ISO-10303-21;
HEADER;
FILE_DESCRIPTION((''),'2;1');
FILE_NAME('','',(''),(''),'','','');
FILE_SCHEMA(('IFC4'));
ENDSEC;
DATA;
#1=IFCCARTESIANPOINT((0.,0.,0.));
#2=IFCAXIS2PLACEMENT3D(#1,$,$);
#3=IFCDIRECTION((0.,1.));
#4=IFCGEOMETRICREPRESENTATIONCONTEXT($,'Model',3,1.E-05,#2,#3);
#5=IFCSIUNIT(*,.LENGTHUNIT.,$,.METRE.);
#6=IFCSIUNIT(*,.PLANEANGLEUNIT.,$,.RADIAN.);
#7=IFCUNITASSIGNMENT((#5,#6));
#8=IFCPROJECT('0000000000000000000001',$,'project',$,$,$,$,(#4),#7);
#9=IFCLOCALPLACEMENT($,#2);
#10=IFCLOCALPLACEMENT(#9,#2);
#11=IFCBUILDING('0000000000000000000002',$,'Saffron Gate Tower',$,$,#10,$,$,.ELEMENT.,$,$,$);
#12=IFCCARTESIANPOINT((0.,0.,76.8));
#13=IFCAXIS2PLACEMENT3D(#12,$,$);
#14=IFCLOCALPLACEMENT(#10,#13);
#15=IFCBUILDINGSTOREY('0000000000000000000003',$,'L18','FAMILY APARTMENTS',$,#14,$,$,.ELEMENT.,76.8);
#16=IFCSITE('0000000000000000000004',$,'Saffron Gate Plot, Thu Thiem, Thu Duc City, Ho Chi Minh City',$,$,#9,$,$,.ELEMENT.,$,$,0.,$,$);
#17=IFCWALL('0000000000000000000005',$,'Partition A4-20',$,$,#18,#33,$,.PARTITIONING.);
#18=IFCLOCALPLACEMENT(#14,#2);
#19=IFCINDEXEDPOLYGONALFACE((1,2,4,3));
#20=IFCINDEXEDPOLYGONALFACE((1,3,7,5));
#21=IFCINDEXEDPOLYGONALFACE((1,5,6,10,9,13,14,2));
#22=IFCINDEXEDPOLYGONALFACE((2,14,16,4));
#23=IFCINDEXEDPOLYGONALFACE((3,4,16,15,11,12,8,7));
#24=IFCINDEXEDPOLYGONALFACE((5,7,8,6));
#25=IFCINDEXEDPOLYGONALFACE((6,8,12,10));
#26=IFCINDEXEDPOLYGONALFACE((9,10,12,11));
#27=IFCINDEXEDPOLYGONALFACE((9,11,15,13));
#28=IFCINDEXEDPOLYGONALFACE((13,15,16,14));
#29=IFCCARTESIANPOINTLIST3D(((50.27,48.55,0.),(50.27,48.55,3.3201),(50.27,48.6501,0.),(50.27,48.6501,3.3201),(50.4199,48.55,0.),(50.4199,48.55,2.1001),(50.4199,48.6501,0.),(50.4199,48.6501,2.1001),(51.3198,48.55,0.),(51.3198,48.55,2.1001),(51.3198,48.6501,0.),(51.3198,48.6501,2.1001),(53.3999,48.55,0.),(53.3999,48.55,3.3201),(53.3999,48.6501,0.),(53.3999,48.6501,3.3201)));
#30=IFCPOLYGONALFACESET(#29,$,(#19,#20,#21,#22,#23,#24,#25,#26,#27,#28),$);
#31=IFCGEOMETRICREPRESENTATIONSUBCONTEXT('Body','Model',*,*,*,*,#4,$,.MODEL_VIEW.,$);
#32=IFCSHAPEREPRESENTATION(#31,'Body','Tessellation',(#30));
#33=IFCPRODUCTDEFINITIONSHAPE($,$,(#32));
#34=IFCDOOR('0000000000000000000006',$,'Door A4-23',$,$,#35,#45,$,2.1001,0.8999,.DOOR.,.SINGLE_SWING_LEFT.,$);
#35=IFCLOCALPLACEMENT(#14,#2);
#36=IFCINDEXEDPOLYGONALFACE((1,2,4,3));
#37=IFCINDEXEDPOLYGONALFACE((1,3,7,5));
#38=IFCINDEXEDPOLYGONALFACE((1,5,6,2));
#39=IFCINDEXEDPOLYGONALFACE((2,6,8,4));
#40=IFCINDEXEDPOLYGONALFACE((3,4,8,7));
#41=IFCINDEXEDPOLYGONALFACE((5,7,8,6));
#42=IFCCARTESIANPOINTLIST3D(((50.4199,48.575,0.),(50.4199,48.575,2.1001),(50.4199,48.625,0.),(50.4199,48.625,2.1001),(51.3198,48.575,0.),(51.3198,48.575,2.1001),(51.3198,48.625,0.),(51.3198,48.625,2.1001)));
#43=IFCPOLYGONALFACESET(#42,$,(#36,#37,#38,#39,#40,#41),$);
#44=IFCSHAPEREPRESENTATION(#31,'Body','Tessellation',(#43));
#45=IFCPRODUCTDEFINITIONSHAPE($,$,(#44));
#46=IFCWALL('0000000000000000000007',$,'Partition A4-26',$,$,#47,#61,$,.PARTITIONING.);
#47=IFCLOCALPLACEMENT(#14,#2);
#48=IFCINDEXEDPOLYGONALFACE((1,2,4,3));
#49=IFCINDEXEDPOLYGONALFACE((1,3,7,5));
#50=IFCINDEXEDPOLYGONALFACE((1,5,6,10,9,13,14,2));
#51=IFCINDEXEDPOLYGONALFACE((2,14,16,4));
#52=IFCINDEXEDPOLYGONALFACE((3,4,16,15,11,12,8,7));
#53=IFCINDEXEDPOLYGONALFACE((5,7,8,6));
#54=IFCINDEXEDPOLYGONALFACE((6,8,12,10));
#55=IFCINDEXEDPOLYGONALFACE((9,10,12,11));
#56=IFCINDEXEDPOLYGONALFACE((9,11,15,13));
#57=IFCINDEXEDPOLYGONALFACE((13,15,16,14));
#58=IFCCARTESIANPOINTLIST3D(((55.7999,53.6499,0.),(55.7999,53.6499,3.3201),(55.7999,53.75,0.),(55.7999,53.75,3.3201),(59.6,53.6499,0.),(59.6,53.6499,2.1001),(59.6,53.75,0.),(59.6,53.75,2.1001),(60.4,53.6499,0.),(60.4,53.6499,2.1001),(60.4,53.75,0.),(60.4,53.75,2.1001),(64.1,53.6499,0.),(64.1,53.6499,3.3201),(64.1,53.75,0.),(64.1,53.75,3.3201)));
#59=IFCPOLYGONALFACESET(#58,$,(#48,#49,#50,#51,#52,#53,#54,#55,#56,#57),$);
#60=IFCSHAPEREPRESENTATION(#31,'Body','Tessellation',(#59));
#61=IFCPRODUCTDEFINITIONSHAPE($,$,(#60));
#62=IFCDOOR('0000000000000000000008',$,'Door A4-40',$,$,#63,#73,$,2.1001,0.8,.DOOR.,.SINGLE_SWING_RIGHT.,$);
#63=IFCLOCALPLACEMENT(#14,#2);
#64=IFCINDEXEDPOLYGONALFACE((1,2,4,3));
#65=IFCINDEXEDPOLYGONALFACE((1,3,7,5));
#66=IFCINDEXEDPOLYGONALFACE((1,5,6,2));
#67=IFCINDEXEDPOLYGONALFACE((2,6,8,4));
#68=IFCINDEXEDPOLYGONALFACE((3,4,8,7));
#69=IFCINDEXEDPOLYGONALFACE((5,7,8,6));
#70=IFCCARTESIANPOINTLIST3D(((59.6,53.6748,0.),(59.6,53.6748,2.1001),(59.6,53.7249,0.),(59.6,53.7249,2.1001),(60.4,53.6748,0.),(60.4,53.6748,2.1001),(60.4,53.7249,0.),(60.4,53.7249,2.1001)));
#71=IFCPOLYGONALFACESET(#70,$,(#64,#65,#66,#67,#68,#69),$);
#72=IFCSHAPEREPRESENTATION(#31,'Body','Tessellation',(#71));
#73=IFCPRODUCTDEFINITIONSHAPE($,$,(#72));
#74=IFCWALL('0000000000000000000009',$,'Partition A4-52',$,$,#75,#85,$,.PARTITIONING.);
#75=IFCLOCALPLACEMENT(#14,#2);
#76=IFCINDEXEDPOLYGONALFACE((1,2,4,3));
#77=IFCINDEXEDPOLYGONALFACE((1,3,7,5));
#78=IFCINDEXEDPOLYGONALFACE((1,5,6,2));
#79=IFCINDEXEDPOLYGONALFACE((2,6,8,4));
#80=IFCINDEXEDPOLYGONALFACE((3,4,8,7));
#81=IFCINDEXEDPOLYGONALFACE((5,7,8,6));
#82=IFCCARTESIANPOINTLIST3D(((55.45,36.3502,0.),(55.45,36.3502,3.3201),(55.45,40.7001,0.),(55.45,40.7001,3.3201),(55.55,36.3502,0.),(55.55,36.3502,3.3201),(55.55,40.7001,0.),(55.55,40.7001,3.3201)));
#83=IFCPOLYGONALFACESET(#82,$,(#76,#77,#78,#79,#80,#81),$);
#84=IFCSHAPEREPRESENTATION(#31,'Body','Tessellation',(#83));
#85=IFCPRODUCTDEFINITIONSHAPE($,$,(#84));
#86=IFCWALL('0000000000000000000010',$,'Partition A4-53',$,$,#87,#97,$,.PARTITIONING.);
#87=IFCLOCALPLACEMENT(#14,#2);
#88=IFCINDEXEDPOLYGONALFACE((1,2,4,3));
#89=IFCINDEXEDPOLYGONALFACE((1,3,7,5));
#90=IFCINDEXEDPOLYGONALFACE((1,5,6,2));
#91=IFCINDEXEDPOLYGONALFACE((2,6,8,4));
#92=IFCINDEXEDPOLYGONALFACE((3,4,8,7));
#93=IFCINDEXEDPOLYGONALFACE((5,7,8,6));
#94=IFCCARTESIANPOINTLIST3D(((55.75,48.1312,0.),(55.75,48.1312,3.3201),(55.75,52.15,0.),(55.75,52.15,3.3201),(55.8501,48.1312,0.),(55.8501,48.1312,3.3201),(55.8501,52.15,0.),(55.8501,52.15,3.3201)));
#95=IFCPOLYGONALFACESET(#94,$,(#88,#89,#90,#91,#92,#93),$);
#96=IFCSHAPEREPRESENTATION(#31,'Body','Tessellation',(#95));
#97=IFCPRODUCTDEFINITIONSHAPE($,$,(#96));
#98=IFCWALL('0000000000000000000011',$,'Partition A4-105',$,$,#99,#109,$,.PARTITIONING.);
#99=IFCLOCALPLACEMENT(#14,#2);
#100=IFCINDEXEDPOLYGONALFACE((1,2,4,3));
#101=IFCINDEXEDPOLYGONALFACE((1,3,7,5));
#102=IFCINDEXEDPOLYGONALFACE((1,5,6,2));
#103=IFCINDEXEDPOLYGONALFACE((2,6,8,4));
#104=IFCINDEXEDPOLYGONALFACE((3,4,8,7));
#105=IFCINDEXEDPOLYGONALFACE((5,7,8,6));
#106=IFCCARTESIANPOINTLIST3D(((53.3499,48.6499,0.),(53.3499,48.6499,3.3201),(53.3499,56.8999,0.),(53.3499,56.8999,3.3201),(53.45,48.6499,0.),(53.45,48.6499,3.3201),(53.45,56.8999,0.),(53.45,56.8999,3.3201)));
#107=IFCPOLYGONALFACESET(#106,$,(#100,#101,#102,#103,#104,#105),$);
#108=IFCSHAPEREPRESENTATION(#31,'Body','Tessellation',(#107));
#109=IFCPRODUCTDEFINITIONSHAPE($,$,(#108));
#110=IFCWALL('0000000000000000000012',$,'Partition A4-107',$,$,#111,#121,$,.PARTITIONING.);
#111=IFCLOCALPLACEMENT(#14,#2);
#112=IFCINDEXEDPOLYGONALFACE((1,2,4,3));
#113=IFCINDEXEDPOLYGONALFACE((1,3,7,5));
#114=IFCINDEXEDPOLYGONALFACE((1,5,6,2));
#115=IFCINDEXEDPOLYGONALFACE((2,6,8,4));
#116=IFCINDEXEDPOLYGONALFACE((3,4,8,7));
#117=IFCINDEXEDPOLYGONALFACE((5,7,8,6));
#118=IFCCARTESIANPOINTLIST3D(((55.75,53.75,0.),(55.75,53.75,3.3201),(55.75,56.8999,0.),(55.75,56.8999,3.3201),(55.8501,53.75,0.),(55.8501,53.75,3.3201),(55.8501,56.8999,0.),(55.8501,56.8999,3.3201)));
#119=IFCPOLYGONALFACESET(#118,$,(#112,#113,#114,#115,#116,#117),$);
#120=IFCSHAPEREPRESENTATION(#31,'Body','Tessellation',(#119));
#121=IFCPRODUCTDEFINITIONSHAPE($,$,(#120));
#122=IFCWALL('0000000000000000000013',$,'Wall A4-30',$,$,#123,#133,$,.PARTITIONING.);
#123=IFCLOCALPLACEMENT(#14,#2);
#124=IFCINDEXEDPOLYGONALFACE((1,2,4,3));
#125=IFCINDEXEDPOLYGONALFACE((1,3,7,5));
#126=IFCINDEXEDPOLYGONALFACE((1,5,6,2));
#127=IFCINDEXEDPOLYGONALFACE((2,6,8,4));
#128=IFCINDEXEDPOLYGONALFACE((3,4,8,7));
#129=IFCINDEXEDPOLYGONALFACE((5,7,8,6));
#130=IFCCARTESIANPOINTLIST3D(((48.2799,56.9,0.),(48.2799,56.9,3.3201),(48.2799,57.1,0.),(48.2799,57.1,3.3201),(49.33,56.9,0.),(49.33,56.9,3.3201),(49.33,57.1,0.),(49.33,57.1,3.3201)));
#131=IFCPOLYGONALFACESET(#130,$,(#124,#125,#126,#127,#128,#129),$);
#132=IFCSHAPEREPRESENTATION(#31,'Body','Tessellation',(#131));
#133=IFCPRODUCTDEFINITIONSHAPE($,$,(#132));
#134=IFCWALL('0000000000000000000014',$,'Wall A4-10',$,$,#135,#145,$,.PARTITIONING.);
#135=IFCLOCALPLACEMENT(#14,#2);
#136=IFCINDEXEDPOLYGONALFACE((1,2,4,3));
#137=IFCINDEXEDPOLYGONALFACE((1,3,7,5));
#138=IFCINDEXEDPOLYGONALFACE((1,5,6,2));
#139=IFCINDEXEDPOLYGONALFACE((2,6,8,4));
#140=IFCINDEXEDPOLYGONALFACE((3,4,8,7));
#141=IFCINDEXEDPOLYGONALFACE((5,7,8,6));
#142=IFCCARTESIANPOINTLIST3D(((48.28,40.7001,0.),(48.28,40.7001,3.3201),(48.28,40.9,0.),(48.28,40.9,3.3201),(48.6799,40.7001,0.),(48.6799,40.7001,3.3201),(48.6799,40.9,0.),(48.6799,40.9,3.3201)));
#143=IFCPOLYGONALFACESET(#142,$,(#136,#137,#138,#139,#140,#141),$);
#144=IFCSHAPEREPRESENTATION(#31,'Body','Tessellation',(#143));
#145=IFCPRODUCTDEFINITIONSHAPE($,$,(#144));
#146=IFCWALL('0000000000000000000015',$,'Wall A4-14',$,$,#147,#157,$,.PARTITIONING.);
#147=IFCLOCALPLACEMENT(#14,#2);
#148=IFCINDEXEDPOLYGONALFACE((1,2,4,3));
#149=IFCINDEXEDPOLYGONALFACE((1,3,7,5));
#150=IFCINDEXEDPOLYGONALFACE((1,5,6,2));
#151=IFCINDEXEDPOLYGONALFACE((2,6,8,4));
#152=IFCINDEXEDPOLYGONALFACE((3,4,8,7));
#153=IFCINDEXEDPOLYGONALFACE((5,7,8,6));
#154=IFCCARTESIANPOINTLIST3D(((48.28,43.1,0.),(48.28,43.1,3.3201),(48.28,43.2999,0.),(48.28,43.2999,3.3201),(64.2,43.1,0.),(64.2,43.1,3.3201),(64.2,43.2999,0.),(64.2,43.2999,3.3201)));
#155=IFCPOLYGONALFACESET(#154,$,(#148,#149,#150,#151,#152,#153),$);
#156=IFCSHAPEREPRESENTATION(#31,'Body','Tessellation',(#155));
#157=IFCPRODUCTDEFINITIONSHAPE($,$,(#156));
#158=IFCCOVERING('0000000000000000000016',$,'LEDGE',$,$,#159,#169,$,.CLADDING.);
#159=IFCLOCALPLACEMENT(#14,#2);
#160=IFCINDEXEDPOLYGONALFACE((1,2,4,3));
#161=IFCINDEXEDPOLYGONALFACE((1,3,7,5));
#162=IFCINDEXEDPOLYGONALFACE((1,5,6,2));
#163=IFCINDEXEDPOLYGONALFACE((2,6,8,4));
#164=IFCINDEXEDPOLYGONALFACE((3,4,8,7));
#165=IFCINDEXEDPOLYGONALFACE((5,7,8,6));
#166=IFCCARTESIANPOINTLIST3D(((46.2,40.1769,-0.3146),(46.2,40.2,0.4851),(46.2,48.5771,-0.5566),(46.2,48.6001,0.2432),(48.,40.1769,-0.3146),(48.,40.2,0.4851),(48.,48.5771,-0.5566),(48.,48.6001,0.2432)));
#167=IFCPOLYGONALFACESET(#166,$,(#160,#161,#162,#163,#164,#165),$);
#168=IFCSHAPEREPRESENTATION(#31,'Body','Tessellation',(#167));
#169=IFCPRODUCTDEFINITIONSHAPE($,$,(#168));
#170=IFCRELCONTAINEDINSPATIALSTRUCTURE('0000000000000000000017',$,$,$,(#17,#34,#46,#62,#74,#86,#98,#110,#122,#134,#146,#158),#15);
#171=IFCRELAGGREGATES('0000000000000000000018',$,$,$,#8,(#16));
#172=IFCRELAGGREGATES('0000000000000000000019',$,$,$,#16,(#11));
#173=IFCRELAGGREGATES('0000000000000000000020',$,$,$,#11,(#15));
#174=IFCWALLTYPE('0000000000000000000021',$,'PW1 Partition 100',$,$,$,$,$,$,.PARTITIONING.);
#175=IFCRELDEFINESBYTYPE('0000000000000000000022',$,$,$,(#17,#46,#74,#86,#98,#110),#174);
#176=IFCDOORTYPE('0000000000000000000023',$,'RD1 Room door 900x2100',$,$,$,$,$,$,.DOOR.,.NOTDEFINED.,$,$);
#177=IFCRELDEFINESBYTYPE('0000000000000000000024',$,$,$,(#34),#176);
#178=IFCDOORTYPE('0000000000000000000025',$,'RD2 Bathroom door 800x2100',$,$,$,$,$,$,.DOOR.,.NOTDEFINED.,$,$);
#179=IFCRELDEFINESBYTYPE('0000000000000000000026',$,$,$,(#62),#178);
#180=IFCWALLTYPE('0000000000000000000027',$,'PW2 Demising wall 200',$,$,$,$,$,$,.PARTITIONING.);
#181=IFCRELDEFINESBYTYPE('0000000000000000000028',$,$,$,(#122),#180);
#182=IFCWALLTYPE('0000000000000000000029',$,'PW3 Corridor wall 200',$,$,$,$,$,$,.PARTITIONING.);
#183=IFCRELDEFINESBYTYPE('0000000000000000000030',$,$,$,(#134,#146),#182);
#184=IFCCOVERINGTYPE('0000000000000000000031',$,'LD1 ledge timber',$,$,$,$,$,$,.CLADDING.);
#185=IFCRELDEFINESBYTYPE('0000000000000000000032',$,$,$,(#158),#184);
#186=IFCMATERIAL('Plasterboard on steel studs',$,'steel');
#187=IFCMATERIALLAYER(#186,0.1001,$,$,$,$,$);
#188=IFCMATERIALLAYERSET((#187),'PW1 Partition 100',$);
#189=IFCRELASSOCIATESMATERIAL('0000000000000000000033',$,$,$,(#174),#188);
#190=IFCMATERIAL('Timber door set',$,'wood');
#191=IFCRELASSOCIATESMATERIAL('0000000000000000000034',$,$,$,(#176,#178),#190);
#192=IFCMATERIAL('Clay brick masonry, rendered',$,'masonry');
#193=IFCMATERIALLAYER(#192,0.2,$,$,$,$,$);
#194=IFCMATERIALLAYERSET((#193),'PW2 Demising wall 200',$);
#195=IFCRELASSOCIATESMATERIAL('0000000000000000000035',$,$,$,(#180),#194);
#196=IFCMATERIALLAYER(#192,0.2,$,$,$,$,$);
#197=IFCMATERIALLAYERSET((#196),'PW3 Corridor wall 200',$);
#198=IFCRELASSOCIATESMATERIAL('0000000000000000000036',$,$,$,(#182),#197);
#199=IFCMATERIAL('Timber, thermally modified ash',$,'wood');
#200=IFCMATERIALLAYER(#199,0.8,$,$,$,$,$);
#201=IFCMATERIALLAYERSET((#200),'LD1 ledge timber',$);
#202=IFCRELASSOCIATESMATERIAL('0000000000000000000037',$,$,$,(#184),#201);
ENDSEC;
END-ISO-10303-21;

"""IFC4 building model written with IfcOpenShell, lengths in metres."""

from ifc_helpers import new_model, si_unit, direction, frame, frame_2d, origin, place, context, subcontext, project, spatial, polyline, rectangle, outline, extrude, material, layer, layer_set, type_object, element, fill, save


model = new_model("IFC4")

# Units and contexts
model_context = context("Model", 3, precision=1e-05, world=origin(), true_north=direction((0.0, 1.0)))
body_context = subcontext(model_context, "Body", "Model", "MODEL_VIEW")
ifc_project = project(units=[si_unit("LENGTHUNIT", "METRE"), si_unit("PLANEANGLEUNIT", "RADIAN")], contexts=[model_context])

# Site, building, storey
site_placement = place(None, origin())
site = spatial("IfcSite", under=ifc_project, at=site_placement, Name="Saffron Gate Plot, Thu Thiem, Thu Duc City, Ho Chi Minh City", CompositionType="ELEMENT", RefElevation=0.0)
building_placement = place(site_placement, origin())
building = spatial("IfcBuilding", under=site, at=building_placement, Name="Saffron Gate Tower", CompositionType="ELEMENT")
storey_placement = place(building_placement, frame((0.0, 0.0, 76.8)))
storey = spatial("IfcBuildingStorey", under=building, at=storey_placement, Name="L18", Description="FAMILY APARTMENTS", CompositionType="ELEMENT", Elevation=76.8)

# Shared definitions
ifc_material_1 = material(Name="Plasterboard on steel studs", Category="steel")
ifc_layer_1 = layer(ifc_material_1, 0.1001)
ifc_layer_set_1 = layer_set([ifc_layer_1], Name="PW1 Partition 100")
wall_type_1 = type_object("IfcWallType", Name="PW1 Partition 100", PredefinedType="PARTITIONING", material=ifc_layer_set_1)

# Walls, openings, doors
wall_1_placement = place(storey_placement, frame((50.27, 48.6001, 0.0), z_axis=(0.0, 0.0, 1.0), x_axis=(1.0, 0.0, 0.0)))
wall_1 = element("IfcWall", 1, at=wall_1_placement, inside=storey, type_object=wall_type_1, Name="Partition A4-20", PredefinedType="PARTITIONING", context=body_context, shape_type="SweptSolid", body=[
    extrude(rectangle(XDim=3.1299, YDim=0.1001, at=frame_2d((1.5649, 0.0))), origin(), (0.0, 0.0, 1.0), 3.3201),
])
opening_1_placement = place(wall_1_placement, frame((0.1499, 0.0, 0.0)))
opening_1 = element("IfcOpeningElement", 2, at=opening_1_placement, cuts=wall_1, PredefinedType="OPENING", context=body_context, shape_type="SweptSolid", body=[
    extrude(rectangle(XDim=0.8999, YDim=2.1001, at=frame_2d((0.45, 1.05))), frame((0.0, 0.0601, 0.0), z_axis=(0.0, -1.0, 0.0), x_axis=(1.0, 0.0, 0.0)), (0.0, 0.0, 1.0), 0.1201),
])
ifc_material_2 = material(Name="Timber door set", Category="wood")
door_type_1 = type_object("IfcDoorType", Name="RD1 Room door 900x2100", OperationType="NOTDEFINED", PredefinedType="DOOR", material=ifc_material_2)
door_1_placement = place(opening_1_placement, origin())
door_1 = element("IfcDoor", 3, at=door_1_placement, inside=storey, type_object=door_type_1, Name="Door A4-23", OperationType="SINGLE_SWING_LEFT", OverallHeight=2.1001, OverallWidth=0.8999, PredefinedType="DOOR", context=body_context, shape_type="SweptSolid", body=[
    extrude(rectangle(XDim=0.8999, YDim=2.1001, at=frame_2d((0.45, 1.05))), frame((0.0, 0.0249, 0.0), z_axis=(0.0, -1.0, 0.0), x_axis=(1.0, 0.0, 0.0)), (0.0, 0.0, 1.0), 0.05),
])
fill(opening_1, door_1)
wall_2_placement = place(storey_placement, frame((55.8, 53.7, 0.0), z_axis=(0.0, 0.0, 1.0), x_axis=(1.0, 0.0, 0.0)))
wall_2 = element("IfcWall", 4, at=wall_2_placement, inside=storey, type_object=wall_type_1, Name="Partition A4-26", PredefinedType="PARTITIONING", context=body_context, shape_type="SweptSolid", body=[
    extrude(rectangle(XDim=8.3, YDim=0.1001, at=frame_2d((4.1499, 0.0))), origin(), (0.0, 0.0, 1.0), 3.3201),
])
opening_2_placement = place(wall_2_placement, frame((3.8, 0.0, 0.0)))
opening_2 = element("IfcOpeningElement", 5, at=opening_2_placement, cuts=wall_2, PredefinedType="OPENING", context=body_context, shape_type="SweptSolid", body=[
    extrude(rectangle(XDim=0.8, YDim=2.1001, at=frame_2d((0.3999, 1.05))), frame((0.0, 0.0601, 0.0), z_axis=(0.0, -1.0, 0.0), x_axis=(1.0, 0.0, 0.0)), (0.0, 0.0, 1.0), 0.1201),
])
door_type_2 = type_object("IfcDoorType", Name="RD2 Bathroom door 800x2100", OperationType="NOTDEFINED", PredefinedType="DOOR", material=ifc_material_2)
door_2_placement = place(opening_2_placement, origin())
door_2 = element("IfcDoor", 6, at=door_2_placement, inside=storey, type_object=door_type_2, Name="Door A4-40", OperationType="SINGLE_SWING_RIGHT", OverallHeight=2.1001, OverallWidth=0.8, PredefinedType="DOOR", context=body_context, shape_type="SweptSolid", body=[
    extrude(rectangle(XDim=0.8, YDim=2.1001, at=frame_2d((0.3999, 1.05))), frame((0.0, 0.0249, 0.0), z_axis=(0.0, -1.0, 0.0), x_axis=(1.0, 0.0, 0.0)), (0.0, 0.0, 1.0), 0.05),
])
fill(opening_2, door_2)

# Walls
wall_3_placement = place(storey_placement, frame((55.5, 40.7, 0.0), z_axis=(0.0, 0.0, 1.0), x_axis=(0.0, -1.0, 0.0)))
element("IfcWall", 7, at=wall_3_placement, inside=storey, type_object=wall_type_1, Name="Partition A4-52", PredefinedType="PARTITIONING", context=body_context, shape_type="SweptSolid", body=[
    extrude(rectangle(XDim=4.3499, YDim=0.1001, at=frame_2d((2.1748, 0.0))), origin(), (0.0, 0.0, 1.0), 3.3201),
])
wall_4_placement = place(storey_placement, frame((55.8, 52.1499, 0.0), z_axis=(0.0, 0.0, 1.0), x_axis=(0.0, -1.0, 0.0)))
element("IfcWall", 8, at=wall_4_placement, inside=storey, type_object=wall_type_1, Name="Partition A4-53", PredefinedType="PARTITIONING", context=body_context, shape_type="SweptSolid", body=[
    extrude(rectangle(XDim=4.0188, YDim=0.1001, at=frame_2d((2.0093, 0.0))), origin(), (0.0, 0.0, 1.0), 3.3201),
])
wall_5_placement = place(storey_placement, frame((53.3999, 56.8999, 0.0), z_axis=(0.0, 0.0, 1.0), x_axis=(0.0, -1.0, 0.0)))
element("IfcWall", 9, at=wall_5_placement, inside=storey, type_object=wall_type_1, Name="Partition A4-105", PredefinedType="PARTITIONING", context=body_context, shape_type="SweptSolid", body=[
    extrude(rectangle(XDim=8.25, YDim=0.1001, at=frame_2d((4.125, 0.0))), origin(), (0.0, 0.0, 1.0), 3.3201),
])
wall_6_placement = place(storey_placement, frame((55.8, 56.8999, 0.0), z_axis=(0.0, 0.0, 1.0), x_axis=(0.0, -1.0, 0.0)))
element("IfcWall", 10, at=wall_6_placement, inside=storey, type_object=wall_type_1, Name="Partition A4-107", PredefinedType="PARTITIONING", context=body_context, shape_type="SweptSolid", body=[
    extrude(rectangle(XDim=3.1499, YDim=0.1001, at=frame_2d((1.575, 0.0))), origin(), (0.0, 0.0, 1.0), 3.3201),
])
ifc_material_3 = material(Name="Clay brick masonry, rendered", Category="masonry")
ifc_layer_2 = layer(ifc_material_3, 0.2)
ifc_layer_set_2 = layer_set([ifc_layer_2], Name="PW2 Demising wall 200")
wall_type_2 = type_object("IfcWallType", Name="PW2 Demising wall 200", PredefinedType="PARTITIONING", material=ifc_layer_set_2)
wall_7_placement = place(storey_placement, frame((48.28, 57.0, 0.0), z_axis=(0.0, 0.0, 1.0), x_axis=(1.0, 0.0, 0.0)))
element("IfcWall", 11, at=wall_7_placement, inside=storey, type_object=wall_type_2, Name="Wall A4-30", PredefinedType="PARTITIONING", context=body_context, shape_type="SweptSolid", body=[
    extrude(rectangle(XDim=1.05, YDim=0.2, at=frame_2d((0.5249, 0.0))), origin(), (0.0, 0.0, 1.0), 3.3201),
])
ifc_layer_3 = layer(ifc_material_3, 0.2)
ifc_layer_set_3 = layer_set([ifc_layer_3], Name="PW3 Corridor wall 200")
wall_type_3 = type_object("IfcWallType", Name="PW3 Corridor wall 200", PredefinedType="PARTITIONING", material=ifc_layer_set_3)
wall_8_placement = place(storey_placement, frame((48.28, 40.8, 0.0), z_axis=(0.0, 0.0, 1.0), x_axis=(1.0, 0.0, 0.0)))
element("IfcWall", 12, at=wall_8_placement, inside=storey, type_object=wall_type_3, Name="Wall A4-10", PredefinedType="PARTITIONING", context=body_context, shape_type="SweptSolid", body=[
    extrude(rectangle(XDim=0.3999, YDim=0.2, at=frame_2d((0.2, 0.0))), origin(), (0.0, 0.0, 1.0), 3.3201),
])
wall_9_placement = place(storey_placement, frame((48.28, 43.2, 0.0), z_axis=(0.0, 0.0, 1.0), x_axis=(1.0, 0.0, 0.0)))
element("IfcWall", 13, at=wall_9_placement, inside=storey, type_object=wall_type_3, Name="Wall A4-14", PredefinedType="PARTITIONING", context=body_context, shape_type="SweptSolid", body=[
    extrude(rectangle(XDim=15.9199, YDim=0.2, at=frame_2d((7.96, 0.0))), origin(), (0.0, 0.0, 1.0), 3.3201),
])

# Covering
ifc_material_4 = material(Name="Timber, thermally modified ash", Category="wood")
ifc_layer_4 = layer(ifc_material_4, 0.8)
ifc_layer_set_4 = layer_set([ifc_layer_4], Name="LD1 ledge timber")
covering_type_1 = type_object("IfcCoveringType", Name="LD1 ledge timber", PredefinedType="CLADDING", material=ifc_layer_set_4)
covering_1_placement = place(storey_placement, frame((48.0, 48.6001, 0.2432), z_axis=(0.0, 0.02879, 0.999585), x_axis=(0.0, -0.999585, 0.02879)))
element("IfcCovering", 14, at=covering_1_placement, inside=storey, type_object=covering_type_1, Name="LEDGE", PredefinedType="CLADDING", context=body_context, shape_type="SweptSolid", body=[
    extrude(outline(polyline([(0.0, 0.0), (8.4036, 0.0), (8.4036, -1.8), (0.0, -1.8), (0.0, 0.0)])), origin(), (0.0, 0.0, -1.0), 0.8),
])

save(model, "model.ifc")
